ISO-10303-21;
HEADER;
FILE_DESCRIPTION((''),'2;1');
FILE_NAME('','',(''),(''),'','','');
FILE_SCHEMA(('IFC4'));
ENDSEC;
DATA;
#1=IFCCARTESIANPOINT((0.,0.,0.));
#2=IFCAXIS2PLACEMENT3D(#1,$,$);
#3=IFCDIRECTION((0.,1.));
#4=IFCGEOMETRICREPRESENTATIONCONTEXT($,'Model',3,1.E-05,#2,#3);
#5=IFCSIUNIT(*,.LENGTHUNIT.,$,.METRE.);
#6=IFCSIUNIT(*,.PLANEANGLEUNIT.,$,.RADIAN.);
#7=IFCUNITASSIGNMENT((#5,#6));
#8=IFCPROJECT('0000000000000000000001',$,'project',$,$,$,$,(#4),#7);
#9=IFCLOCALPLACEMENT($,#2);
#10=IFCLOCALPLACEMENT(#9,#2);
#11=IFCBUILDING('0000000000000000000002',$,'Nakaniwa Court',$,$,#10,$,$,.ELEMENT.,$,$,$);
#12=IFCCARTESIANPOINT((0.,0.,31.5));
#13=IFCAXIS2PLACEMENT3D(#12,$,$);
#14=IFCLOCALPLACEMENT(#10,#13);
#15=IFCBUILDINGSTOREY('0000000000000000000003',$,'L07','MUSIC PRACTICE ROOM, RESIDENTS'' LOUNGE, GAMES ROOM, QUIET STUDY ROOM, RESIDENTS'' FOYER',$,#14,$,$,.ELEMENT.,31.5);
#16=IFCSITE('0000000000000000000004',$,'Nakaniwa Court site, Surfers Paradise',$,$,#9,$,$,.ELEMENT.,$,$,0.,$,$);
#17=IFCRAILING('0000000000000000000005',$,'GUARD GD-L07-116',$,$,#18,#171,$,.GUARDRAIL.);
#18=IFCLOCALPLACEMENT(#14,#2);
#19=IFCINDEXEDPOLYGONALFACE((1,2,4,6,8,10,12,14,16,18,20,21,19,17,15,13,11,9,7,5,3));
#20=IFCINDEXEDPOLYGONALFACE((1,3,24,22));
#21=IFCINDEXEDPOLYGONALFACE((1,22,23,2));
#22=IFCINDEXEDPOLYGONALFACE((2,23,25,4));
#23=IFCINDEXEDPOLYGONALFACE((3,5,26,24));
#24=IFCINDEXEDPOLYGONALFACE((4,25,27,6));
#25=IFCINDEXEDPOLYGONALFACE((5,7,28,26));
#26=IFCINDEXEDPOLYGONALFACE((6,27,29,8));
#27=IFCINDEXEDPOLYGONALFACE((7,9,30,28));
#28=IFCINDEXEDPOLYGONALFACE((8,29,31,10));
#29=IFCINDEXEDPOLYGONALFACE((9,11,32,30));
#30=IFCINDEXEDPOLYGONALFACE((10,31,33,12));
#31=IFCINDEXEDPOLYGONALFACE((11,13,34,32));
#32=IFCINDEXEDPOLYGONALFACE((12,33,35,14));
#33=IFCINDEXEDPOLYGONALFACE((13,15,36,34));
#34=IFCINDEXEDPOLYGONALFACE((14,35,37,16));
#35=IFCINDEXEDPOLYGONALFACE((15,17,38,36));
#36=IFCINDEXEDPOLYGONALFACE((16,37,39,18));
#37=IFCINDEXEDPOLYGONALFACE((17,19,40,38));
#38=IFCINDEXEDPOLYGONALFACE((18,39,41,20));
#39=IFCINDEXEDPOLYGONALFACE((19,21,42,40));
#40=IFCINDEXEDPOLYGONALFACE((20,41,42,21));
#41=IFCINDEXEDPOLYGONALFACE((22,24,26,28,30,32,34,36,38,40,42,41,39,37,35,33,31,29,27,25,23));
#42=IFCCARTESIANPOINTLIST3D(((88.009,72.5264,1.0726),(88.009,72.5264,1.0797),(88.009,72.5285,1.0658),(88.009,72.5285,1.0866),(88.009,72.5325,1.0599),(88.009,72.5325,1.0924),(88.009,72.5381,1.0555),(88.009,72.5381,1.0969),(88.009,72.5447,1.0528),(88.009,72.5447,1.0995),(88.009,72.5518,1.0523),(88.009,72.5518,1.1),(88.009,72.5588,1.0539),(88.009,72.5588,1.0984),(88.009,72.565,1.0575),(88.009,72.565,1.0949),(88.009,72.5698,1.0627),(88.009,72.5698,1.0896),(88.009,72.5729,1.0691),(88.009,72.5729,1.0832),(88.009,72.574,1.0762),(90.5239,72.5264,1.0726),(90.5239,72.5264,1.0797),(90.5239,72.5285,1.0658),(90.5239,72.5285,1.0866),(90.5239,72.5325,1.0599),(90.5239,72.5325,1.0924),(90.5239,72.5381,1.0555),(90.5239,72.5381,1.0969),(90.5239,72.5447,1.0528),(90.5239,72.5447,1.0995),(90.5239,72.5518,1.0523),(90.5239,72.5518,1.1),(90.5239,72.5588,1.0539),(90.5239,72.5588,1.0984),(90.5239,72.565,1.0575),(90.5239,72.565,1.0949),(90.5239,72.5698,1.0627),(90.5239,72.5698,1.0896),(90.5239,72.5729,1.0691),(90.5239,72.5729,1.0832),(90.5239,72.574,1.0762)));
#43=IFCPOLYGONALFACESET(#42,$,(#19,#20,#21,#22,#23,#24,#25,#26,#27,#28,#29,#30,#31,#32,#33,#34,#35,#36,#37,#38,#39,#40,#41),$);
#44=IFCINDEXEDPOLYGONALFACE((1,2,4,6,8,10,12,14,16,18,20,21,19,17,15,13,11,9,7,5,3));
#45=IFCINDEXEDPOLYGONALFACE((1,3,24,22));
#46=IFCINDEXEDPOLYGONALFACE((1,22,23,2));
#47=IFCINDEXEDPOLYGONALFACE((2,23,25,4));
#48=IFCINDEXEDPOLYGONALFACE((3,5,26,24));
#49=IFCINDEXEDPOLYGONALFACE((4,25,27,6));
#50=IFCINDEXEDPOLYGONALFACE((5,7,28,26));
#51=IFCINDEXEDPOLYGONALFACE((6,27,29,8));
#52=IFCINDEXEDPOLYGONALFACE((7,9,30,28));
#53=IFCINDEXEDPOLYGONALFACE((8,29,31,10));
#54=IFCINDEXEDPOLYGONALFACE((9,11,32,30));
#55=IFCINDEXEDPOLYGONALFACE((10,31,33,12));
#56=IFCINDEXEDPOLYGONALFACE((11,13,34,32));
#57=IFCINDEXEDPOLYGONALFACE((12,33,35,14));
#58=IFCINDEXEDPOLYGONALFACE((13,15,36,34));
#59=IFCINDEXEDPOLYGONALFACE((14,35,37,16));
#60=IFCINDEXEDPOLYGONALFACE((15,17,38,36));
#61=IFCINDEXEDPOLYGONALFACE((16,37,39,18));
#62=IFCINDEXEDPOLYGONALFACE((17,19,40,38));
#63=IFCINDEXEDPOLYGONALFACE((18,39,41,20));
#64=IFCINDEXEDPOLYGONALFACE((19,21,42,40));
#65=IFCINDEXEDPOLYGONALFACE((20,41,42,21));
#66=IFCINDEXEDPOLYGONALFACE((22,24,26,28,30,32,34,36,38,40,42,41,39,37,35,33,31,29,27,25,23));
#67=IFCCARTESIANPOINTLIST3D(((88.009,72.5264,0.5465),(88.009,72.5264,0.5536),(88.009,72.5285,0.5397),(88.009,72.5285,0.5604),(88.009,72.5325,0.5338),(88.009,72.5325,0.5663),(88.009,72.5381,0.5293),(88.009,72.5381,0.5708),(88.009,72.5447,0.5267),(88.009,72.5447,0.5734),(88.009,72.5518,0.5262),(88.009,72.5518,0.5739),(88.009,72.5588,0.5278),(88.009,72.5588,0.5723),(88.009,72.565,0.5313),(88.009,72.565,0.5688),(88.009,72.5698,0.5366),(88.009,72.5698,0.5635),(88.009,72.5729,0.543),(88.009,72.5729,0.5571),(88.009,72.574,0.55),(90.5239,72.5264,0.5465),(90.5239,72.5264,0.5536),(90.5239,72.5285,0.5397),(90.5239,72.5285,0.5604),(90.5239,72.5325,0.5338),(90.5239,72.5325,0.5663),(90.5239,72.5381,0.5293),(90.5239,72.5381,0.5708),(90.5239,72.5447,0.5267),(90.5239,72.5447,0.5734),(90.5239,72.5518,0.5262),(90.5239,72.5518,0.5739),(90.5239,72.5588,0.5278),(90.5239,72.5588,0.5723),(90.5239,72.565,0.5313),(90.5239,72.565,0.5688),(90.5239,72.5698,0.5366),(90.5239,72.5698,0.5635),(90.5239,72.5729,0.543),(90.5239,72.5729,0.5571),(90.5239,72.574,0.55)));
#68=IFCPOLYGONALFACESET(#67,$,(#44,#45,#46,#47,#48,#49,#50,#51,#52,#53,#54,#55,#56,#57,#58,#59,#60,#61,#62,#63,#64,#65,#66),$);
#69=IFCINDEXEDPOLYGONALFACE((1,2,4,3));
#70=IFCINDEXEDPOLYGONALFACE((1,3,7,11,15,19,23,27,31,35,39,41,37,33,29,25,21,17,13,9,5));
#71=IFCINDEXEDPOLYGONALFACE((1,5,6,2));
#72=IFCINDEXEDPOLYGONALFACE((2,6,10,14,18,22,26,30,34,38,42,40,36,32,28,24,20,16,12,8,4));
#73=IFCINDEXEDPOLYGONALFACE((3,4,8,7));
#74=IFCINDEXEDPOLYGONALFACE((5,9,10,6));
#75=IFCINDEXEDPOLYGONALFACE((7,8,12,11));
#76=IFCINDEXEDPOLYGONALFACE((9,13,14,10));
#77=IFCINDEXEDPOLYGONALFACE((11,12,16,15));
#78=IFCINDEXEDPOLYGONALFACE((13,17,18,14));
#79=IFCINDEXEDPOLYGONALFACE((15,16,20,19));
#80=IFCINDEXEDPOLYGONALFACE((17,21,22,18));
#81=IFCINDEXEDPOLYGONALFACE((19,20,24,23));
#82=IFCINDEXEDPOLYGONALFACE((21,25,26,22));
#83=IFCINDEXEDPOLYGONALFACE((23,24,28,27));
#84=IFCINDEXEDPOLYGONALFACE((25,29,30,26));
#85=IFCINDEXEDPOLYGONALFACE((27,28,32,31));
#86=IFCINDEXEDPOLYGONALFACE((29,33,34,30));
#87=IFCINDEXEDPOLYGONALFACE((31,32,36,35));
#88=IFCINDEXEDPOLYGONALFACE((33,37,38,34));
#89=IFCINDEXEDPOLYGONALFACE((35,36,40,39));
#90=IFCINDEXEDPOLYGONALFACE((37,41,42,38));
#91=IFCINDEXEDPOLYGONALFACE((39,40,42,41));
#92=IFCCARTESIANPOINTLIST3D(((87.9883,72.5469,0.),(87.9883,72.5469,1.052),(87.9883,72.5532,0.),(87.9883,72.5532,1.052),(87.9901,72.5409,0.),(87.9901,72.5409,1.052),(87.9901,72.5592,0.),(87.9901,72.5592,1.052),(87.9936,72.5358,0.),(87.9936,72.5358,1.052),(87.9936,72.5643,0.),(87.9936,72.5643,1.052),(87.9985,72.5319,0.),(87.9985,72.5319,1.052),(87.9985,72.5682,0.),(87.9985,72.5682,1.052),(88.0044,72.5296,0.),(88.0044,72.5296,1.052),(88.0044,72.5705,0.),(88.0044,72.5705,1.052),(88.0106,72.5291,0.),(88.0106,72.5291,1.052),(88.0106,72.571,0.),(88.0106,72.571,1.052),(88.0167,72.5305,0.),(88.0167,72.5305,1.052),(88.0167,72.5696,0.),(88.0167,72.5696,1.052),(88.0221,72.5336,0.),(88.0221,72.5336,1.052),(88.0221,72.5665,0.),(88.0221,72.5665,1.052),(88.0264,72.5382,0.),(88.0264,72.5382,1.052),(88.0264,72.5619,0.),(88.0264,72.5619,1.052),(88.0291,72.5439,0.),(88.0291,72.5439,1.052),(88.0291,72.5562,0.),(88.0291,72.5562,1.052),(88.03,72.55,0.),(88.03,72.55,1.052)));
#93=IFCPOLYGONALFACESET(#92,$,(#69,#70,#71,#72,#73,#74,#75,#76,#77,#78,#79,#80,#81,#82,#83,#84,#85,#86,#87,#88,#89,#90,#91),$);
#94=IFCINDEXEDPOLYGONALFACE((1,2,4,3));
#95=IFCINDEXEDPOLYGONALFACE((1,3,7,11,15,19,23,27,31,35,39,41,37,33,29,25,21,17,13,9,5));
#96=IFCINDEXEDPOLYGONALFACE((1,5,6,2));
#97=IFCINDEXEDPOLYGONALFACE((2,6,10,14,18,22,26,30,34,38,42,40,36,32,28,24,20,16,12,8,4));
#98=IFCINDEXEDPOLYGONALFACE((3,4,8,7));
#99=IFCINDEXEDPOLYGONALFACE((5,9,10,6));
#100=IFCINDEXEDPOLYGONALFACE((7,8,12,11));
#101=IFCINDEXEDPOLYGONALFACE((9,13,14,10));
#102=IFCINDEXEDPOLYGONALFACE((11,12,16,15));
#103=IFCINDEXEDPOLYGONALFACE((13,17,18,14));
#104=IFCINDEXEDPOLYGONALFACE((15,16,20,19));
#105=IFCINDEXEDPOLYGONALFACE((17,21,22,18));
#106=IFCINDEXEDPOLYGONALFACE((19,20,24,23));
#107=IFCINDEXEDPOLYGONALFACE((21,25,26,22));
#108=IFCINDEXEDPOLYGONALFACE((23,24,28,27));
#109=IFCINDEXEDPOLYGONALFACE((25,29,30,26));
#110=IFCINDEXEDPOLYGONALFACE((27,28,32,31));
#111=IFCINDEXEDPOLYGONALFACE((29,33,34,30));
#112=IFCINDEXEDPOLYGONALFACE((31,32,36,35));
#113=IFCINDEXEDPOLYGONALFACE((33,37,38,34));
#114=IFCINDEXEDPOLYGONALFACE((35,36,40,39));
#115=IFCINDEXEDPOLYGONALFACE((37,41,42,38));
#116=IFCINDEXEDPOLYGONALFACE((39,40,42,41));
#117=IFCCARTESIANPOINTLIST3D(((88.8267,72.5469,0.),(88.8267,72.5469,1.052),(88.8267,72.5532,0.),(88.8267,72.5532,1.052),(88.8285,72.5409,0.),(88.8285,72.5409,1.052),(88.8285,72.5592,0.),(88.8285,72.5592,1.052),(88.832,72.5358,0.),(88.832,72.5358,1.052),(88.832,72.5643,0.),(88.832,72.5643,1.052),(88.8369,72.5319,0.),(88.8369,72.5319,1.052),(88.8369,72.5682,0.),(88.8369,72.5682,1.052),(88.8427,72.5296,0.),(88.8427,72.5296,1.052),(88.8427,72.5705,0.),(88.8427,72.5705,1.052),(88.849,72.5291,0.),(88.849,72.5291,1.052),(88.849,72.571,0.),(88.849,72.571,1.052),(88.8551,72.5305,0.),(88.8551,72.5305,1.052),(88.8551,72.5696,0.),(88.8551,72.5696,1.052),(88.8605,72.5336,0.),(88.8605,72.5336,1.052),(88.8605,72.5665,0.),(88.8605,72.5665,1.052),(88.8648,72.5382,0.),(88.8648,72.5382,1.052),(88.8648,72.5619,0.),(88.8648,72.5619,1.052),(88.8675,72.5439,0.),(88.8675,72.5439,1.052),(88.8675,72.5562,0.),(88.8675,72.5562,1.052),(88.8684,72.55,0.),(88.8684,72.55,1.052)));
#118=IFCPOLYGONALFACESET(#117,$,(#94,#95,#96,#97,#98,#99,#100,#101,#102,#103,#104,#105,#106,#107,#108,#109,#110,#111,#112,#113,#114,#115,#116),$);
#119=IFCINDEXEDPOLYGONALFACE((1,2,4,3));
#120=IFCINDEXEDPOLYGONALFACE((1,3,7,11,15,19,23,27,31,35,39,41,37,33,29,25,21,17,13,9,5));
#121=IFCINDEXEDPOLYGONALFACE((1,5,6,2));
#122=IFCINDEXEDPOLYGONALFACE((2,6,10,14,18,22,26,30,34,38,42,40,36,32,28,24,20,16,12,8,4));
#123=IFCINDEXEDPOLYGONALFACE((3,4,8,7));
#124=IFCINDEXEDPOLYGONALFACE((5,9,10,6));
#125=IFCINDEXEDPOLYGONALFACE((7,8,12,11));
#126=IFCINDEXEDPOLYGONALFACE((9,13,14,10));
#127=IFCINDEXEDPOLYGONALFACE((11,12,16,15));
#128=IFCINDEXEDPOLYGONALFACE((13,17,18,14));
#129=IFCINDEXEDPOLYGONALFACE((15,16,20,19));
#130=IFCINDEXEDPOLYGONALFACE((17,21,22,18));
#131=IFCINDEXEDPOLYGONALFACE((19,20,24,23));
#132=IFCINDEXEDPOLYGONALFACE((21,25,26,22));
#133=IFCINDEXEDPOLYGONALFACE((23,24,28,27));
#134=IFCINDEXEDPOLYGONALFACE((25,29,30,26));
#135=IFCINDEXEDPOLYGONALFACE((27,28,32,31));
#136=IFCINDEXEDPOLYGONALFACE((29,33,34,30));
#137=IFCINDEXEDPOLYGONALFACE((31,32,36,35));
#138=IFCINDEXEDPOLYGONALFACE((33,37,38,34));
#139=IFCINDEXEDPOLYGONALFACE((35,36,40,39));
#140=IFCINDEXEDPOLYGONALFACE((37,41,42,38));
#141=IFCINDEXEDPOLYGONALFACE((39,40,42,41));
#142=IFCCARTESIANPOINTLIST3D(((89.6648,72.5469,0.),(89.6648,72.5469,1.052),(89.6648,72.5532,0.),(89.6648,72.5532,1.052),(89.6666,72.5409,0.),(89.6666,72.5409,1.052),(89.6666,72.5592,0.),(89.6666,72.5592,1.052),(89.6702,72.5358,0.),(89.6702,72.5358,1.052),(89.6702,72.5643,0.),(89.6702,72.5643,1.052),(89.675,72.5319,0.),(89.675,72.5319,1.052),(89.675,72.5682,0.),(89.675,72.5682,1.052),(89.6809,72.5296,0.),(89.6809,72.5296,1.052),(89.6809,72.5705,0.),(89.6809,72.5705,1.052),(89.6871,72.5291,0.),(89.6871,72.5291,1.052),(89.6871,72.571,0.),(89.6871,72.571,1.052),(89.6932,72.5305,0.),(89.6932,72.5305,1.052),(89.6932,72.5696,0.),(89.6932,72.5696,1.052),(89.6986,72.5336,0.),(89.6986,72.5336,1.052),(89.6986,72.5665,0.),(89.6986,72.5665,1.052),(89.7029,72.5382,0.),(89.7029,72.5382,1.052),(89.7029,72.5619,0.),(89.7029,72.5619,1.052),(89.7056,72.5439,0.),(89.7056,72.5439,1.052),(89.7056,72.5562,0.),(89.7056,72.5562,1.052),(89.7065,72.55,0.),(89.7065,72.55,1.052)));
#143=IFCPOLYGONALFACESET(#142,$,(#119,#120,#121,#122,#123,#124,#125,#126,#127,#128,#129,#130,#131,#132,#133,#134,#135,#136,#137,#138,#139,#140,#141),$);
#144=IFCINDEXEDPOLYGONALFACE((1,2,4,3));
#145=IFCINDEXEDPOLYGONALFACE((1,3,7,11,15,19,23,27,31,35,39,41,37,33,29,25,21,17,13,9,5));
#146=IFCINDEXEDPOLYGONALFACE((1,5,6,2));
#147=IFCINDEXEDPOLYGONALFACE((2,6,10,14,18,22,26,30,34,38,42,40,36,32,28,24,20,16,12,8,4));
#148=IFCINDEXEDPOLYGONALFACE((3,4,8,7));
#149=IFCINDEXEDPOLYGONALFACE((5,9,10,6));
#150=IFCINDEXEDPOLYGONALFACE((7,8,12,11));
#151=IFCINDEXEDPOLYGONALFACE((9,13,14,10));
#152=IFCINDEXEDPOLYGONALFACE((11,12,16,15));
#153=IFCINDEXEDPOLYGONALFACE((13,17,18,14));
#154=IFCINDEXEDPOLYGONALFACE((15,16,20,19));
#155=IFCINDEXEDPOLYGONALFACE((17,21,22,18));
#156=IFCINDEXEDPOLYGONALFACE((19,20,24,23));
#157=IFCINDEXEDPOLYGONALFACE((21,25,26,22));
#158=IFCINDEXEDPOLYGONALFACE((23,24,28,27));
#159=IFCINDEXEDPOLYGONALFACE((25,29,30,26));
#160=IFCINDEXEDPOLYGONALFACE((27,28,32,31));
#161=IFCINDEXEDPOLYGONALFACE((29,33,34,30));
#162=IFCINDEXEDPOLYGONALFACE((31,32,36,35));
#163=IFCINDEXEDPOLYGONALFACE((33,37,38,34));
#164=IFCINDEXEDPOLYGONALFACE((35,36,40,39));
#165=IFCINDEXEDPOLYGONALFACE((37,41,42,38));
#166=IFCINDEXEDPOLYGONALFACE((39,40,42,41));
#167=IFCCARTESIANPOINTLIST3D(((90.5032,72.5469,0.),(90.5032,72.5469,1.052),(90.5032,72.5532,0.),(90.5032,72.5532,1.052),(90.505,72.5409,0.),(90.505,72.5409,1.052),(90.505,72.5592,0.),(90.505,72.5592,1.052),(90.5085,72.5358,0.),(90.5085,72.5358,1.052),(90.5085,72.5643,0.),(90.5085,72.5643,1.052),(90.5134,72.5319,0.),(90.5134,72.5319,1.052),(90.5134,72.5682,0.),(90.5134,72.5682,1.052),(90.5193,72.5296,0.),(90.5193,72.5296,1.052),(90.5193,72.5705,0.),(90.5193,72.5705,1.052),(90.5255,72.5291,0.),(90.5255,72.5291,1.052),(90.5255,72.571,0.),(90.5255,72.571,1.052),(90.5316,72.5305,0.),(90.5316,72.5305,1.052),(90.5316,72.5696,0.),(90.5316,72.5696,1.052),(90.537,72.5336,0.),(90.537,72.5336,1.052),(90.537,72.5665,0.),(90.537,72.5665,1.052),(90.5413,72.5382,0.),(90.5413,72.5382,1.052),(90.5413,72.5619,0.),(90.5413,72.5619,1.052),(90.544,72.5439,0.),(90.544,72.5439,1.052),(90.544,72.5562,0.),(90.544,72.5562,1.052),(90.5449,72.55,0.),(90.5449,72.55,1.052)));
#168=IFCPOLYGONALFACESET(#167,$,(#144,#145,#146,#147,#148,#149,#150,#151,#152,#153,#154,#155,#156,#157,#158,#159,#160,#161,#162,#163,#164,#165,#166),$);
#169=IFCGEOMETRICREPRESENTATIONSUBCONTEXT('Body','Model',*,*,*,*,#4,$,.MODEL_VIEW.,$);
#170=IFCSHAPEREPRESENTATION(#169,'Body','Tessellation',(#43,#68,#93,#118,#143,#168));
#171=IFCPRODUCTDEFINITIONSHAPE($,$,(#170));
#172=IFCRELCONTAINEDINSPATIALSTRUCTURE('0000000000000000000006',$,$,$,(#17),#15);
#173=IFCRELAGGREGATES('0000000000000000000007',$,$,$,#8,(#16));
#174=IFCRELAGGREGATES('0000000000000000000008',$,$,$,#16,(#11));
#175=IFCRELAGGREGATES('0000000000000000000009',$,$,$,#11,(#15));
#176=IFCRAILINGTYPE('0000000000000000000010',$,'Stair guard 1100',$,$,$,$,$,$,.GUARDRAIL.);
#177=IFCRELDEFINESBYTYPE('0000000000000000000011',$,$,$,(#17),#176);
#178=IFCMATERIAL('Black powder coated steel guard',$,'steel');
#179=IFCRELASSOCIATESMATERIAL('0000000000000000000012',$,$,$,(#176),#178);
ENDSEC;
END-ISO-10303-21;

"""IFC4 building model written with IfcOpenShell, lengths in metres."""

from ifc_helpers import new_model, si_unit, direction, frame, origin, origin_2d, place, context, subcontext, project, spatial, circle, extrude, material, type_object, element, save


model = new_model("IFC4")

# Units and contexts
model_context = context("Model", 3, precision=1e-05, world=origin(), true_north=direction((0.0, 1.0)))
body_context = subcontext(model_context, "Body", "Model", "MODEL_VIEW")
ifc_project = project(units=[si_unit("LENGTHUNIT", "METRE"), si_unit("PLANEANGLEUNIT", "RADIAN")], contexts=[model_context])

# Site, building, storey
site_placement = place(None, origin())
site = spatial("IfcSite", under=ifc_project, at=site_placement, Name="Nakaniwa Court site, Surfers Paradise", CompositionType="ELEMENT", RefElevation=0.0)
building_placement = place(site_placement, origin())
building = spatial("IfcBuilding", under=site, at=building_placement, Name="Nakaniwa Court", CompositionType="ELEMENT")
storey_placement = place(building_placement, frame((0.0, 0.0, 31.5)))
storey = spatial("IfcBuildingStorey", under=building, at=storey_placement, Name="L07", Description="MUSIC PRACTICE ROOM, RESIDENTS' LOUNGE, GAMES ROOM, QUIET STUDY ROOM, RESIDENTS' FOYER", CompositionType="ELEMENT", Elevation=31.5)

# Railing
ifc_material_1 = material(Name="Black powder coated steel guard", Category="steel")
railing_type = type_object("IfcRailingType", Name="Stair guard 1100", PredefinedType="GUARDRAIL", material=ifc_material_1)
railing_placement = place(storey_placement, frame((88.009, 72.55, 0.0)))
element("IfcRailing", 1, at=railing_placement, inside=storey, type_object=railing_type, Name="GUARD GD-L07-116", PredefinedType="GUARDRAIL", context=body_context, shape_type="SweptSolid", body=[
    extrude(circle(Radius=0.0239, at=origin_2d()), frame((0.0, 0.0, 1.0762), z_axis=(1.0, 0.0, 0.0), x_axis=(0.0, 1.0, 0.0)), (0.0, 0.0, 1.0), 2.5149),
    extrude(circle(Radius=0.0239, at=origin_2d()), frame((0.0, 0.0, 0.55), z_axis=(1.0, 0.0, 0.0), x_axis=(0.0, 1.0, 0.0)), (0.0, 0.0, 1.0), 2.5149),
    extrude(circle(Radius=0.021, at=origin_2d()), origin(), (0.0, 0.0, 1.0), 1.052),
    extrude(circle(Radius=0.021, at=origin_2d()), frame((0.8384, 0.0, 0.0)), (0.0, 0.0, 1.0), 1.052),
    extrude(circle(Radius=0.021, at=origin_2d()), frame((1.6765, 0.0, 0.0)), (0.0, 0.0, 1.0), 1.052),
    extrude(circle(Radius=0.021, at=origin_2d()), frame((2.5149, 0.0, 0.0)), (0.0, 0.0, 1.0), 1.052),
])

save(model, "model.ifc")
